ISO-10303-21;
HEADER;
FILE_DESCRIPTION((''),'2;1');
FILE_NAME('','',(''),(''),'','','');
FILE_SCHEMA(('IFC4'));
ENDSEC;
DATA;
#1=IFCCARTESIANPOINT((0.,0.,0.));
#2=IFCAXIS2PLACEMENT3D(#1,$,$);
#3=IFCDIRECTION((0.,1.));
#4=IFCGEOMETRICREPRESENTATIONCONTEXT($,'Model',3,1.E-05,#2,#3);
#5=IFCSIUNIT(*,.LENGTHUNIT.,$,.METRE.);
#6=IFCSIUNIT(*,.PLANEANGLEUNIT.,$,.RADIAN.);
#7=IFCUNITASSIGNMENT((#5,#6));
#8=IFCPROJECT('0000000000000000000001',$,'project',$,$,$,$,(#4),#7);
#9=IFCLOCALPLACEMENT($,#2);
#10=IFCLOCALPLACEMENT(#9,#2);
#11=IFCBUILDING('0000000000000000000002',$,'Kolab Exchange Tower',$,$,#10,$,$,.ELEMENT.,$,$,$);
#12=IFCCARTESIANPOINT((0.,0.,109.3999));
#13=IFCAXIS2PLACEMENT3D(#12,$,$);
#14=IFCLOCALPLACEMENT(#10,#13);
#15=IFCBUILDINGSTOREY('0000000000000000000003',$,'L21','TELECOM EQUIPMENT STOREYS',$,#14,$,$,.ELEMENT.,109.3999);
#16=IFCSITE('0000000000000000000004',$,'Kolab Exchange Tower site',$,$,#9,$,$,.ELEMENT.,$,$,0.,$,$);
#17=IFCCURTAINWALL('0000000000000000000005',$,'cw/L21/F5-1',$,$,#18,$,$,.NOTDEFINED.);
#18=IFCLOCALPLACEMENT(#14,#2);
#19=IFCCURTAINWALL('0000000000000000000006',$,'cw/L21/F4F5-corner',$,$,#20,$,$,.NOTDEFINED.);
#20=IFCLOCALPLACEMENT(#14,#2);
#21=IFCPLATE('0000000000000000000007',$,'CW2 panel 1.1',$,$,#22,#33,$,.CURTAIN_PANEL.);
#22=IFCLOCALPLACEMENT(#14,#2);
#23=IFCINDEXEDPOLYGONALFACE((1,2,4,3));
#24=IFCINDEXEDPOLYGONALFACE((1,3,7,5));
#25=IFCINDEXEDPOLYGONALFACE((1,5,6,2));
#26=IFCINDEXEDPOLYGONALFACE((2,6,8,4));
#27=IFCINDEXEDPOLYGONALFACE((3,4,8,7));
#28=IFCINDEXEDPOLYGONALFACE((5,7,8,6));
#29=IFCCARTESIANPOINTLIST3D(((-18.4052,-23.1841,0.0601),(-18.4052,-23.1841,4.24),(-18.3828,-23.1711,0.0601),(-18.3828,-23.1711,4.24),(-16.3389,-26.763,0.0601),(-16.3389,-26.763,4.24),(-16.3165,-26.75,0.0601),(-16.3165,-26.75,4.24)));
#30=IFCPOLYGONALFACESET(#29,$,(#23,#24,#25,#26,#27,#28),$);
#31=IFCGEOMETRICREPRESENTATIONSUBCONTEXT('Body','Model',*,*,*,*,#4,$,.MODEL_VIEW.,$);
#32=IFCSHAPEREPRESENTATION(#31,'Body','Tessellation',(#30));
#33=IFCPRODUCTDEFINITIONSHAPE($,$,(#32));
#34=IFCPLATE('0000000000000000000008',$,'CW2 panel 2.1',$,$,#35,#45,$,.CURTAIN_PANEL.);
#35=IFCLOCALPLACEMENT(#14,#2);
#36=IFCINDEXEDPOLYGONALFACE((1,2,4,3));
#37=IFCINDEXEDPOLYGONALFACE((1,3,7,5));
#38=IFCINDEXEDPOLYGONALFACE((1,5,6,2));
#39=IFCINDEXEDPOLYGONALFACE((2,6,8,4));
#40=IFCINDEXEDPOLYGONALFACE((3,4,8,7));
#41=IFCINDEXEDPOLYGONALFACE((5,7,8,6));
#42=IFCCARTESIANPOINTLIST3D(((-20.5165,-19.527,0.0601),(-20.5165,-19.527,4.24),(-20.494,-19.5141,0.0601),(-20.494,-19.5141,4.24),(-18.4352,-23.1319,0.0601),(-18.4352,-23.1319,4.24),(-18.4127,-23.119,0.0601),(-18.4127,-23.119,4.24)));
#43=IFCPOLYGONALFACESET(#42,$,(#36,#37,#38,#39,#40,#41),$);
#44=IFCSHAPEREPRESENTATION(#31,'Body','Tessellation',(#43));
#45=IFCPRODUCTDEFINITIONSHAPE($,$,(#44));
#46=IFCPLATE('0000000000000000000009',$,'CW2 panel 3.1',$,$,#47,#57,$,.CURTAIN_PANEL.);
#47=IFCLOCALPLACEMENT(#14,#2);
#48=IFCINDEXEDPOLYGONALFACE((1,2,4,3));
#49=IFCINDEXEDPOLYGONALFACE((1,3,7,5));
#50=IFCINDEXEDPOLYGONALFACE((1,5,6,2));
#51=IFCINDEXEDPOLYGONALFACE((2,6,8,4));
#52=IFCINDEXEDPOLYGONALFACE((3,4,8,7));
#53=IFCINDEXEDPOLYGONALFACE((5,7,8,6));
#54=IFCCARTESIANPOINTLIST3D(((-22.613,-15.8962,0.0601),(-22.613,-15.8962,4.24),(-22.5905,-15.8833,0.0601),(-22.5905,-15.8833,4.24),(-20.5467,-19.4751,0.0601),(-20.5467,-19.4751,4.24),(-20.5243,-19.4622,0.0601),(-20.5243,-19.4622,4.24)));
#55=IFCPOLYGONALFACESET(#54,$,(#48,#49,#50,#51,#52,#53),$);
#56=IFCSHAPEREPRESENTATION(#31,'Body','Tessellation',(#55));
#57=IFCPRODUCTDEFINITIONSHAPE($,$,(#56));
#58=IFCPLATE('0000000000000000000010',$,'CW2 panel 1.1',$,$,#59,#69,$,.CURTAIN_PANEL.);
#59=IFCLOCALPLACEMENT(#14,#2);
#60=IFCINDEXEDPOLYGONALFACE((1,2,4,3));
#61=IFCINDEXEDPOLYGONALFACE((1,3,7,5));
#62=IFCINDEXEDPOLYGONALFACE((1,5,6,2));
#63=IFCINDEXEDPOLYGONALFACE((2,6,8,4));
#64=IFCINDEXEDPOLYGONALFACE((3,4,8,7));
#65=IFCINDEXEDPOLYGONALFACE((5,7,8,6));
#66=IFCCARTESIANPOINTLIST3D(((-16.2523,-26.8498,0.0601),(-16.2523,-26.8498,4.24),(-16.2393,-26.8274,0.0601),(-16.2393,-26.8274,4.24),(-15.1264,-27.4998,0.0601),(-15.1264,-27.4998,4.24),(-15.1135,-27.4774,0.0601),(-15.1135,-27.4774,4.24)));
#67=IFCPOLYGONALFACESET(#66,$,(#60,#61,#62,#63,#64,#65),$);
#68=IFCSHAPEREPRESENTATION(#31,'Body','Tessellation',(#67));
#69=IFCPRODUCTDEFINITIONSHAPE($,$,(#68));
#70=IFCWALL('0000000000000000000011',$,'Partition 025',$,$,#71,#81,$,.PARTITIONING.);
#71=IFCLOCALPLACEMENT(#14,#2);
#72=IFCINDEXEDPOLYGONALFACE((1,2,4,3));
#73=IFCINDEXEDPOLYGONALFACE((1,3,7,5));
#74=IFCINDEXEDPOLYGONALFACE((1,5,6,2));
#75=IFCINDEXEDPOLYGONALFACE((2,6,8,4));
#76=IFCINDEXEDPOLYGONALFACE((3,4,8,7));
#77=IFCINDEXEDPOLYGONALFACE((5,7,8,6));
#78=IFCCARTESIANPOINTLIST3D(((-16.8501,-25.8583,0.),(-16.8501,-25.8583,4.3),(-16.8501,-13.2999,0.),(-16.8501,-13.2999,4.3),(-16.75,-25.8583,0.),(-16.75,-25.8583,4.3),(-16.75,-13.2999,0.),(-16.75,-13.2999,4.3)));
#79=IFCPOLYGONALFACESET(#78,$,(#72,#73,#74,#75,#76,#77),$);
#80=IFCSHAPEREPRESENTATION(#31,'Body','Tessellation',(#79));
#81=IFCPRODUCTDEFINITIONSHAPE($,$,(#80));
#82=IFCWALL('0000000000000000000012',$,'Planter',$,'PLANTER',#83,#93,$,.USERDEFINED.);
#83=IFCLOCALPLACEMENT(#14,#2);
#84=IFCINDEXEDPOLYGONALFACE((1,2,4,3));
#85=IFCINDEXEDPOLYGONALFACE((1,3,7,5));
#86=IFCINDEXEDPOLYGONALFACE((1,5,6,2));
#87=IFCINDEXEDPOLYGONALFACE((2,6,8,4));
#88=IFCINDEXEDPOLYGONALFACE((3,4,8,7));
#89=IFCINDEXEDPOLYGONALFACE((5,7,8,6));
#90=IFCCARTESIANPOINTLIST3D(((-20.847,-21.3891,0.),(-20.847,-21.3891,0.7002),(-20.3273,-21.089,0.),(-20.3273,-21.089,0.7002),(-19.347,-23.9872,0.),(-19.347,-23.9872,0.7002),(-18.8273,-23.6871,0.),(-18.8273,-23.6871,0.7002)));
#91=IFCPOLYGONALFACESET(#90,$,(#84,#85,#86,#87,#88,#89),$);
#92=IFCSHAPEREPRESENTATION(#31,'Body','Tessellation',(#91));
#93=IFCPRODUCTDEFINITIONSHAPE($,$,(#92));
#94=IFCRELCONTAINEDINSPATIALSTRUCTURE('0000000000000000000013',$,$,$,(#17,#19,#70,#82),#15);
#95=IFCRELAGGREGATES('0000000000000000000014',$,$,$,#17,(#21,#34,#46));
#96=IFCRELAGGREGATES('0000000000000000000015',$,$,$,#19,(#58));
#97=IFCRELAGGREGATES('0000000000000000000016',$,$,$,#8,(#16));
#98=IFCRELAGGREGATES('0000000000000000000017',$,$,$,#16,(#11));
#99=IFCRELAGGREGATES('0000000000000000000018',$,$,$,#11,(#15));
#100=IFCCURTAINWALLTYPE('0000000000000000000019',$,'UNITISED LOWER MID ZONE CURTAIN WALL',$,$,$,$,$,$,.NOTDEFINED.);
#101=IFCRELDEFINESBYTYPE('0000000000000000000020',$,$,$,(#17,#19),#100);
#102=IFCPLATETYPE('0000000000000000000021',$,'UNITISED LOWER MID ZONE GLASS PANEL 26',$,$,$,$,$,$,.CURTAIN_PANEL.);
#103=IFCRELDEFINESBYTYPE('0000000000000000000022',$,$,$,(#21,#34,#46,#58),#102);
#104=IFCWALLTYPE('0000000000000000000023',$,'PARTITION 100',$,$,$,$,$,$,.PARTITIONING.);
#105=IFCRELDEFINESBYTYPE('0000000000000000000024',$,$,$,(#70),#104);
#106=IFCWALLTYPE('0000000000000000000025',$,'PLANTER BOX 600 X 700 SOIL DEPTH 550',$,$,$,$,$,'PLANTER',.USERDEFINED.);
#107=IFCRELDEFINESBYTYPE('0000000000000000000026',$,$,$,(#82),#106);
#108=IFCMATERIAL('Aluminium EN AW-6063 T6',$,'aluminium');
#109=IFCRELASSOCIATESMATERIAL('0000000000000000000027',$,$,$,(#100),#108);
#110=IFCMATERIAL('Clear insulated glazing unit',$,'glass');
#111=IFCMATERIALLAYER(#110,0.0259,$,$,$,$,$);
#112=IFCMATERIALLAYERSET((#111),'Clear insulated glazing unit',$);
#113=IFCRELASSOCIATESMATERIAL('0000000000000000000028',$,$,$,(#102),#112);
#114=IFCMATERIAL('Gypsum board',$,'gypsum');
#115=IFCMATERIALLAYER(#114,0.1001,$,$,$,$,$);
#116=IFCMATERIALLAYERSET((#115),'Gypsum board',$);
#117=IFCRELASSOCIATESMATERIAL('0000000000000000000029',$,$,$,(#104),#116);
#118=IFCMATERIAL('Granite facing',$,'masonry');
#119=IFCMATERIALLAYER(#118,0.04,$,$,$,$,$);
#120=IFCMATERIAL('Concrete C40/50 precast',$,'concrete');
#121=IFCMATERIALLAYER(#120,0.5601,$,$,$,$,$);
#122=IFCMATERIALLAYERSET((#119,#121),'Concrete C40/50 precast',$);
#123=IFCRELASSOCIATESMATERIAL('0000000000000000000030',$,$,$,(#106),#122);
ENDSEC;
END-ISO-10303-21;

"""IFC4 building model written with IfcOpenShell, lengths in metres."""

from ifc_helpers import new_model, si_unit, direction, frame, frame_2d, origin, origin_2d, place, context, subcontext, project, spatial, rectangle, extrude, material, layer, layer_set, type_object, element, aggregate, save


model = new_model("IFC4")

# Units and contexts
model_context = context("Model", 3, precision=1e-05, world=origin(), true_north=direction((0.0, 1.0)))
body_context = subcontext(model_context, "Body", "Model", "MODEL_VIEW")
ifc_project = project(units=[si_unit("LENGTHUNIT", "METRE"), si_unit("PLANEANGLEUNIT", "RADIAN")], contexts=[model_context])

# Site, building, storey
site_placement = place(None, origin())
site = spatial("IfcSite", under=ifc_project, at=site_placement, Name="Kolab Exchange Tower site", CompositionType="ELEMENT", RefElevation=0.0)
building_placement = place(site_placement, origin())
building = spatial("IfcBuilding", under=site, at=building_placement, Name="Kolab Exchange Tower", CompositionType="ELEMENT")
storey_placement = place(building_placement, frame((0.0, 0.0, 109.3999)))
storey = spatial("IfcBuildingStorey", under=building, at=storey_placement, Name="L21", Description="TELECOM EQUIPMENT STOREYS", CompositionType="ELEMENT", Elevation=109.3999)

# Curtain walls
ifc_material_1 = material(Name="Aluminium EN AW-6063 T6", Category="aluminium")
curtain_wall_type = type_object("IfcCurtainWallType", Name="UNITISED LOWER MID ZONE CURTAIN WALL", PredefinedType="NOTDEFINED", material=ifc_material_1)
curtain_wall_1_placement = place(storey_placement, origin())
curtain_wall_1 = element("IfcCurtainWall", 1, at=curtain_wall_1_placement, inside=storey, type_object=curtain_wall_type, Name="cw/L21/F5-1", PredefinedType="NOTDEFINED")
curtain_wall_2_placement = place(storey_placement, origin())
curtain_wall_2 = element("IfcCurtainWall", 2, at=curtain_wall_2_placement, inside=storey, type_object=curtain_wall_type, Name="cw/L21/F4F5-corner", PredefinedType="NOTDEFINED")

# Plates
ifc_material_2 = material(Name="Clear insulated glazing unit", Category="glass")
ifc_layer_1 = layer(ifc_material_2, 0.0259)
ifc_layer_set_1 = layer_set([ifc_layer_1], Name="Clear insulated glazing unit")
plate_type = type_object("IfcPlateType", Name="UNITISED LOWER MID ZONE GLASS PANEL 26", PredefinedType="CURTAIN_PANEL", material=ifc_layer_set_1)
plate_1_placement = place(storey_placement, frame((-17.3608, -24.967, 0.0601), z_axis=(0.0, 0.0, 1.0), x_axis=(-0.5, 0.866025, 0.0)))
plate_1 = element("IfcPlate", 3, at=plate_1_placement, type_object=plate_type, Name="CW2 panel 1.1", PredefinedType="CURTAIN_PANEL", context=body_context, shape_type="SweptSolid", body=[
    extrude(rectangle(XDim=4.1326, YDim=0.0259, at=origin_2d()), origin(), (0.0, 0.0, 1.0), 4.1799),
])
plate_2_placement = place(storey_placement, frame((-19.4646, -21.323, 0.0601), z_axis=(0.0, 0.0, 1.0), x_axis=(-0.5, 0.866025, 0.0)))
plate_2 = element("IfcPlate", 4, at=plate_2_placement, type_object=plate_type, Name="CW2 panel 2.1", PredefinedType="CURTAIN_PANEL", context=body_context, shape_type="SweptSolid", body=[
    extrude(rectangle(XDim=4.1626, YDim=0.0259, at=origin_2d()), origin(), (0.0, 0.0, 1.0), 4.1799),
])
plate_3_placement = place(storey_placement, frame((-21.5686, -17.6792, 0.0601), z_axis=(0.0, 0.0, 1.0), x_axis=(-0.5, 0.866025, 0.0)))
plate_3 = element("IfcPlate", 5, at=plate_3_placement, type_object=plate_type, Name="CW2 panel 3.1", PredefinedType="CURTAIN_PANEL", context=body_context, shape_type="SweptSolid", body=[
    extrude(rectangle(XDim=4.1326, YDim=0.0259, at=origin_2d()), origin(), (0.0, 0.0, 1.0), 4.1799),
])
aggregate(curtain_wall_1, [plate_1, plate_2, plate_3])
plate_4_placement = place(storey_placement, frame((-15.6829, -27.1636, 0.0601), z_axis=(0.0, 0.0, 1.0), x_axis=(-0.866025, 0.5, 0.0)))
plate_4 = element("IfcPlate", 6, at=plate_4_placement, type_object=plate_type, Name="CW2 panel 1.1", PredefinedType="CURTAIN_PANEL", context=body_context, shape_type="SweptSolid", body=[
    extrude(rectangle(XDim=1.3, YDim=0.0259, at=origin_2d()), origin(), (0.0, 0.0, 1.0), 4.1799),
])
aggregate(curtain_wall_2, [plate_4])

# Walls
ifc_material_3 = material(Name="Gypsum board", Category="gypsum")
ifc_layer_2 = layer(ifc_material_3, 0.1001)
ifc_layer_set_2 = layer_set([ifc_layer_2], Name="Gypsum board")
wall_type_1 = type_object("IfcWallType", Name="PARTITION 100", PredefinedType="PARTITIONING", material=ifc_layer_set_2)
wall_1_placement = place(storey_placement, frame((-16.8, -25.8584, 0.0), z_axis=(0.0, 0.0, 1.0), x_axis=(0.0, 1.0, 0.0)))
element("IfcWall", 7, at=wall_1_placement, inside=storey, type_object=wall_type_1, Name="Partition 025", PredefinedType="PARTITIONING", context=body_context, shape_type="SweptSolid", body=[
    extrude(rectangle(XDim=12.5583, YDim=0.1001, at=frame_2d((6.2793, 0.0))), origin(), (0.0, 0.0, 1.0), 4.3),
])
ifc_material_4 = material(Name="Granite facing", Category="masonry")
ifc_layer_3 = layer(ifc_material_4, 0.04)
ifc_material_5 = material(Name="Concrete C40/50 precast", Category="concrete")
ifc_layer_4 = layer(ifc_material_5, 0.5601)
ifc_layer_set_3 = layer_set([ifc_layer_3, ifc_layer_4], Name="Concrete C40/50 precast")
wall_type_2 = type_object("IfcWallType", Name="PLANTER BOX 600 X 700 SOIL DEPTH 550", ElementType="PLANTER", PredefinedType="USERDEFINED", material=ifc_layer_set_3)
wall_2_placement = place(storey_placement, frame((-19.0872, -23.8372, 0.0), z_axis=(0.0, 0.0, 1.0), x_axis=(-0.49999, 0.866031, 0.0)))
element("IfcWall", 8, at=wall_2_placement, inside=storey, type_object=wall_type_2, Name="Planter", ObjectType="PLANTER", PredefinedType="USERDEFINED", context=body_context, shape_type="SweptSolid", body=[
    extrude(rectangle(XDim=3.0, YDim=0.6001, at=frame_2d((1.5, 0.0))), origin(), (0.0, 0.0, 1.0), 0.7002),
])

save(model, "model.ifc")
